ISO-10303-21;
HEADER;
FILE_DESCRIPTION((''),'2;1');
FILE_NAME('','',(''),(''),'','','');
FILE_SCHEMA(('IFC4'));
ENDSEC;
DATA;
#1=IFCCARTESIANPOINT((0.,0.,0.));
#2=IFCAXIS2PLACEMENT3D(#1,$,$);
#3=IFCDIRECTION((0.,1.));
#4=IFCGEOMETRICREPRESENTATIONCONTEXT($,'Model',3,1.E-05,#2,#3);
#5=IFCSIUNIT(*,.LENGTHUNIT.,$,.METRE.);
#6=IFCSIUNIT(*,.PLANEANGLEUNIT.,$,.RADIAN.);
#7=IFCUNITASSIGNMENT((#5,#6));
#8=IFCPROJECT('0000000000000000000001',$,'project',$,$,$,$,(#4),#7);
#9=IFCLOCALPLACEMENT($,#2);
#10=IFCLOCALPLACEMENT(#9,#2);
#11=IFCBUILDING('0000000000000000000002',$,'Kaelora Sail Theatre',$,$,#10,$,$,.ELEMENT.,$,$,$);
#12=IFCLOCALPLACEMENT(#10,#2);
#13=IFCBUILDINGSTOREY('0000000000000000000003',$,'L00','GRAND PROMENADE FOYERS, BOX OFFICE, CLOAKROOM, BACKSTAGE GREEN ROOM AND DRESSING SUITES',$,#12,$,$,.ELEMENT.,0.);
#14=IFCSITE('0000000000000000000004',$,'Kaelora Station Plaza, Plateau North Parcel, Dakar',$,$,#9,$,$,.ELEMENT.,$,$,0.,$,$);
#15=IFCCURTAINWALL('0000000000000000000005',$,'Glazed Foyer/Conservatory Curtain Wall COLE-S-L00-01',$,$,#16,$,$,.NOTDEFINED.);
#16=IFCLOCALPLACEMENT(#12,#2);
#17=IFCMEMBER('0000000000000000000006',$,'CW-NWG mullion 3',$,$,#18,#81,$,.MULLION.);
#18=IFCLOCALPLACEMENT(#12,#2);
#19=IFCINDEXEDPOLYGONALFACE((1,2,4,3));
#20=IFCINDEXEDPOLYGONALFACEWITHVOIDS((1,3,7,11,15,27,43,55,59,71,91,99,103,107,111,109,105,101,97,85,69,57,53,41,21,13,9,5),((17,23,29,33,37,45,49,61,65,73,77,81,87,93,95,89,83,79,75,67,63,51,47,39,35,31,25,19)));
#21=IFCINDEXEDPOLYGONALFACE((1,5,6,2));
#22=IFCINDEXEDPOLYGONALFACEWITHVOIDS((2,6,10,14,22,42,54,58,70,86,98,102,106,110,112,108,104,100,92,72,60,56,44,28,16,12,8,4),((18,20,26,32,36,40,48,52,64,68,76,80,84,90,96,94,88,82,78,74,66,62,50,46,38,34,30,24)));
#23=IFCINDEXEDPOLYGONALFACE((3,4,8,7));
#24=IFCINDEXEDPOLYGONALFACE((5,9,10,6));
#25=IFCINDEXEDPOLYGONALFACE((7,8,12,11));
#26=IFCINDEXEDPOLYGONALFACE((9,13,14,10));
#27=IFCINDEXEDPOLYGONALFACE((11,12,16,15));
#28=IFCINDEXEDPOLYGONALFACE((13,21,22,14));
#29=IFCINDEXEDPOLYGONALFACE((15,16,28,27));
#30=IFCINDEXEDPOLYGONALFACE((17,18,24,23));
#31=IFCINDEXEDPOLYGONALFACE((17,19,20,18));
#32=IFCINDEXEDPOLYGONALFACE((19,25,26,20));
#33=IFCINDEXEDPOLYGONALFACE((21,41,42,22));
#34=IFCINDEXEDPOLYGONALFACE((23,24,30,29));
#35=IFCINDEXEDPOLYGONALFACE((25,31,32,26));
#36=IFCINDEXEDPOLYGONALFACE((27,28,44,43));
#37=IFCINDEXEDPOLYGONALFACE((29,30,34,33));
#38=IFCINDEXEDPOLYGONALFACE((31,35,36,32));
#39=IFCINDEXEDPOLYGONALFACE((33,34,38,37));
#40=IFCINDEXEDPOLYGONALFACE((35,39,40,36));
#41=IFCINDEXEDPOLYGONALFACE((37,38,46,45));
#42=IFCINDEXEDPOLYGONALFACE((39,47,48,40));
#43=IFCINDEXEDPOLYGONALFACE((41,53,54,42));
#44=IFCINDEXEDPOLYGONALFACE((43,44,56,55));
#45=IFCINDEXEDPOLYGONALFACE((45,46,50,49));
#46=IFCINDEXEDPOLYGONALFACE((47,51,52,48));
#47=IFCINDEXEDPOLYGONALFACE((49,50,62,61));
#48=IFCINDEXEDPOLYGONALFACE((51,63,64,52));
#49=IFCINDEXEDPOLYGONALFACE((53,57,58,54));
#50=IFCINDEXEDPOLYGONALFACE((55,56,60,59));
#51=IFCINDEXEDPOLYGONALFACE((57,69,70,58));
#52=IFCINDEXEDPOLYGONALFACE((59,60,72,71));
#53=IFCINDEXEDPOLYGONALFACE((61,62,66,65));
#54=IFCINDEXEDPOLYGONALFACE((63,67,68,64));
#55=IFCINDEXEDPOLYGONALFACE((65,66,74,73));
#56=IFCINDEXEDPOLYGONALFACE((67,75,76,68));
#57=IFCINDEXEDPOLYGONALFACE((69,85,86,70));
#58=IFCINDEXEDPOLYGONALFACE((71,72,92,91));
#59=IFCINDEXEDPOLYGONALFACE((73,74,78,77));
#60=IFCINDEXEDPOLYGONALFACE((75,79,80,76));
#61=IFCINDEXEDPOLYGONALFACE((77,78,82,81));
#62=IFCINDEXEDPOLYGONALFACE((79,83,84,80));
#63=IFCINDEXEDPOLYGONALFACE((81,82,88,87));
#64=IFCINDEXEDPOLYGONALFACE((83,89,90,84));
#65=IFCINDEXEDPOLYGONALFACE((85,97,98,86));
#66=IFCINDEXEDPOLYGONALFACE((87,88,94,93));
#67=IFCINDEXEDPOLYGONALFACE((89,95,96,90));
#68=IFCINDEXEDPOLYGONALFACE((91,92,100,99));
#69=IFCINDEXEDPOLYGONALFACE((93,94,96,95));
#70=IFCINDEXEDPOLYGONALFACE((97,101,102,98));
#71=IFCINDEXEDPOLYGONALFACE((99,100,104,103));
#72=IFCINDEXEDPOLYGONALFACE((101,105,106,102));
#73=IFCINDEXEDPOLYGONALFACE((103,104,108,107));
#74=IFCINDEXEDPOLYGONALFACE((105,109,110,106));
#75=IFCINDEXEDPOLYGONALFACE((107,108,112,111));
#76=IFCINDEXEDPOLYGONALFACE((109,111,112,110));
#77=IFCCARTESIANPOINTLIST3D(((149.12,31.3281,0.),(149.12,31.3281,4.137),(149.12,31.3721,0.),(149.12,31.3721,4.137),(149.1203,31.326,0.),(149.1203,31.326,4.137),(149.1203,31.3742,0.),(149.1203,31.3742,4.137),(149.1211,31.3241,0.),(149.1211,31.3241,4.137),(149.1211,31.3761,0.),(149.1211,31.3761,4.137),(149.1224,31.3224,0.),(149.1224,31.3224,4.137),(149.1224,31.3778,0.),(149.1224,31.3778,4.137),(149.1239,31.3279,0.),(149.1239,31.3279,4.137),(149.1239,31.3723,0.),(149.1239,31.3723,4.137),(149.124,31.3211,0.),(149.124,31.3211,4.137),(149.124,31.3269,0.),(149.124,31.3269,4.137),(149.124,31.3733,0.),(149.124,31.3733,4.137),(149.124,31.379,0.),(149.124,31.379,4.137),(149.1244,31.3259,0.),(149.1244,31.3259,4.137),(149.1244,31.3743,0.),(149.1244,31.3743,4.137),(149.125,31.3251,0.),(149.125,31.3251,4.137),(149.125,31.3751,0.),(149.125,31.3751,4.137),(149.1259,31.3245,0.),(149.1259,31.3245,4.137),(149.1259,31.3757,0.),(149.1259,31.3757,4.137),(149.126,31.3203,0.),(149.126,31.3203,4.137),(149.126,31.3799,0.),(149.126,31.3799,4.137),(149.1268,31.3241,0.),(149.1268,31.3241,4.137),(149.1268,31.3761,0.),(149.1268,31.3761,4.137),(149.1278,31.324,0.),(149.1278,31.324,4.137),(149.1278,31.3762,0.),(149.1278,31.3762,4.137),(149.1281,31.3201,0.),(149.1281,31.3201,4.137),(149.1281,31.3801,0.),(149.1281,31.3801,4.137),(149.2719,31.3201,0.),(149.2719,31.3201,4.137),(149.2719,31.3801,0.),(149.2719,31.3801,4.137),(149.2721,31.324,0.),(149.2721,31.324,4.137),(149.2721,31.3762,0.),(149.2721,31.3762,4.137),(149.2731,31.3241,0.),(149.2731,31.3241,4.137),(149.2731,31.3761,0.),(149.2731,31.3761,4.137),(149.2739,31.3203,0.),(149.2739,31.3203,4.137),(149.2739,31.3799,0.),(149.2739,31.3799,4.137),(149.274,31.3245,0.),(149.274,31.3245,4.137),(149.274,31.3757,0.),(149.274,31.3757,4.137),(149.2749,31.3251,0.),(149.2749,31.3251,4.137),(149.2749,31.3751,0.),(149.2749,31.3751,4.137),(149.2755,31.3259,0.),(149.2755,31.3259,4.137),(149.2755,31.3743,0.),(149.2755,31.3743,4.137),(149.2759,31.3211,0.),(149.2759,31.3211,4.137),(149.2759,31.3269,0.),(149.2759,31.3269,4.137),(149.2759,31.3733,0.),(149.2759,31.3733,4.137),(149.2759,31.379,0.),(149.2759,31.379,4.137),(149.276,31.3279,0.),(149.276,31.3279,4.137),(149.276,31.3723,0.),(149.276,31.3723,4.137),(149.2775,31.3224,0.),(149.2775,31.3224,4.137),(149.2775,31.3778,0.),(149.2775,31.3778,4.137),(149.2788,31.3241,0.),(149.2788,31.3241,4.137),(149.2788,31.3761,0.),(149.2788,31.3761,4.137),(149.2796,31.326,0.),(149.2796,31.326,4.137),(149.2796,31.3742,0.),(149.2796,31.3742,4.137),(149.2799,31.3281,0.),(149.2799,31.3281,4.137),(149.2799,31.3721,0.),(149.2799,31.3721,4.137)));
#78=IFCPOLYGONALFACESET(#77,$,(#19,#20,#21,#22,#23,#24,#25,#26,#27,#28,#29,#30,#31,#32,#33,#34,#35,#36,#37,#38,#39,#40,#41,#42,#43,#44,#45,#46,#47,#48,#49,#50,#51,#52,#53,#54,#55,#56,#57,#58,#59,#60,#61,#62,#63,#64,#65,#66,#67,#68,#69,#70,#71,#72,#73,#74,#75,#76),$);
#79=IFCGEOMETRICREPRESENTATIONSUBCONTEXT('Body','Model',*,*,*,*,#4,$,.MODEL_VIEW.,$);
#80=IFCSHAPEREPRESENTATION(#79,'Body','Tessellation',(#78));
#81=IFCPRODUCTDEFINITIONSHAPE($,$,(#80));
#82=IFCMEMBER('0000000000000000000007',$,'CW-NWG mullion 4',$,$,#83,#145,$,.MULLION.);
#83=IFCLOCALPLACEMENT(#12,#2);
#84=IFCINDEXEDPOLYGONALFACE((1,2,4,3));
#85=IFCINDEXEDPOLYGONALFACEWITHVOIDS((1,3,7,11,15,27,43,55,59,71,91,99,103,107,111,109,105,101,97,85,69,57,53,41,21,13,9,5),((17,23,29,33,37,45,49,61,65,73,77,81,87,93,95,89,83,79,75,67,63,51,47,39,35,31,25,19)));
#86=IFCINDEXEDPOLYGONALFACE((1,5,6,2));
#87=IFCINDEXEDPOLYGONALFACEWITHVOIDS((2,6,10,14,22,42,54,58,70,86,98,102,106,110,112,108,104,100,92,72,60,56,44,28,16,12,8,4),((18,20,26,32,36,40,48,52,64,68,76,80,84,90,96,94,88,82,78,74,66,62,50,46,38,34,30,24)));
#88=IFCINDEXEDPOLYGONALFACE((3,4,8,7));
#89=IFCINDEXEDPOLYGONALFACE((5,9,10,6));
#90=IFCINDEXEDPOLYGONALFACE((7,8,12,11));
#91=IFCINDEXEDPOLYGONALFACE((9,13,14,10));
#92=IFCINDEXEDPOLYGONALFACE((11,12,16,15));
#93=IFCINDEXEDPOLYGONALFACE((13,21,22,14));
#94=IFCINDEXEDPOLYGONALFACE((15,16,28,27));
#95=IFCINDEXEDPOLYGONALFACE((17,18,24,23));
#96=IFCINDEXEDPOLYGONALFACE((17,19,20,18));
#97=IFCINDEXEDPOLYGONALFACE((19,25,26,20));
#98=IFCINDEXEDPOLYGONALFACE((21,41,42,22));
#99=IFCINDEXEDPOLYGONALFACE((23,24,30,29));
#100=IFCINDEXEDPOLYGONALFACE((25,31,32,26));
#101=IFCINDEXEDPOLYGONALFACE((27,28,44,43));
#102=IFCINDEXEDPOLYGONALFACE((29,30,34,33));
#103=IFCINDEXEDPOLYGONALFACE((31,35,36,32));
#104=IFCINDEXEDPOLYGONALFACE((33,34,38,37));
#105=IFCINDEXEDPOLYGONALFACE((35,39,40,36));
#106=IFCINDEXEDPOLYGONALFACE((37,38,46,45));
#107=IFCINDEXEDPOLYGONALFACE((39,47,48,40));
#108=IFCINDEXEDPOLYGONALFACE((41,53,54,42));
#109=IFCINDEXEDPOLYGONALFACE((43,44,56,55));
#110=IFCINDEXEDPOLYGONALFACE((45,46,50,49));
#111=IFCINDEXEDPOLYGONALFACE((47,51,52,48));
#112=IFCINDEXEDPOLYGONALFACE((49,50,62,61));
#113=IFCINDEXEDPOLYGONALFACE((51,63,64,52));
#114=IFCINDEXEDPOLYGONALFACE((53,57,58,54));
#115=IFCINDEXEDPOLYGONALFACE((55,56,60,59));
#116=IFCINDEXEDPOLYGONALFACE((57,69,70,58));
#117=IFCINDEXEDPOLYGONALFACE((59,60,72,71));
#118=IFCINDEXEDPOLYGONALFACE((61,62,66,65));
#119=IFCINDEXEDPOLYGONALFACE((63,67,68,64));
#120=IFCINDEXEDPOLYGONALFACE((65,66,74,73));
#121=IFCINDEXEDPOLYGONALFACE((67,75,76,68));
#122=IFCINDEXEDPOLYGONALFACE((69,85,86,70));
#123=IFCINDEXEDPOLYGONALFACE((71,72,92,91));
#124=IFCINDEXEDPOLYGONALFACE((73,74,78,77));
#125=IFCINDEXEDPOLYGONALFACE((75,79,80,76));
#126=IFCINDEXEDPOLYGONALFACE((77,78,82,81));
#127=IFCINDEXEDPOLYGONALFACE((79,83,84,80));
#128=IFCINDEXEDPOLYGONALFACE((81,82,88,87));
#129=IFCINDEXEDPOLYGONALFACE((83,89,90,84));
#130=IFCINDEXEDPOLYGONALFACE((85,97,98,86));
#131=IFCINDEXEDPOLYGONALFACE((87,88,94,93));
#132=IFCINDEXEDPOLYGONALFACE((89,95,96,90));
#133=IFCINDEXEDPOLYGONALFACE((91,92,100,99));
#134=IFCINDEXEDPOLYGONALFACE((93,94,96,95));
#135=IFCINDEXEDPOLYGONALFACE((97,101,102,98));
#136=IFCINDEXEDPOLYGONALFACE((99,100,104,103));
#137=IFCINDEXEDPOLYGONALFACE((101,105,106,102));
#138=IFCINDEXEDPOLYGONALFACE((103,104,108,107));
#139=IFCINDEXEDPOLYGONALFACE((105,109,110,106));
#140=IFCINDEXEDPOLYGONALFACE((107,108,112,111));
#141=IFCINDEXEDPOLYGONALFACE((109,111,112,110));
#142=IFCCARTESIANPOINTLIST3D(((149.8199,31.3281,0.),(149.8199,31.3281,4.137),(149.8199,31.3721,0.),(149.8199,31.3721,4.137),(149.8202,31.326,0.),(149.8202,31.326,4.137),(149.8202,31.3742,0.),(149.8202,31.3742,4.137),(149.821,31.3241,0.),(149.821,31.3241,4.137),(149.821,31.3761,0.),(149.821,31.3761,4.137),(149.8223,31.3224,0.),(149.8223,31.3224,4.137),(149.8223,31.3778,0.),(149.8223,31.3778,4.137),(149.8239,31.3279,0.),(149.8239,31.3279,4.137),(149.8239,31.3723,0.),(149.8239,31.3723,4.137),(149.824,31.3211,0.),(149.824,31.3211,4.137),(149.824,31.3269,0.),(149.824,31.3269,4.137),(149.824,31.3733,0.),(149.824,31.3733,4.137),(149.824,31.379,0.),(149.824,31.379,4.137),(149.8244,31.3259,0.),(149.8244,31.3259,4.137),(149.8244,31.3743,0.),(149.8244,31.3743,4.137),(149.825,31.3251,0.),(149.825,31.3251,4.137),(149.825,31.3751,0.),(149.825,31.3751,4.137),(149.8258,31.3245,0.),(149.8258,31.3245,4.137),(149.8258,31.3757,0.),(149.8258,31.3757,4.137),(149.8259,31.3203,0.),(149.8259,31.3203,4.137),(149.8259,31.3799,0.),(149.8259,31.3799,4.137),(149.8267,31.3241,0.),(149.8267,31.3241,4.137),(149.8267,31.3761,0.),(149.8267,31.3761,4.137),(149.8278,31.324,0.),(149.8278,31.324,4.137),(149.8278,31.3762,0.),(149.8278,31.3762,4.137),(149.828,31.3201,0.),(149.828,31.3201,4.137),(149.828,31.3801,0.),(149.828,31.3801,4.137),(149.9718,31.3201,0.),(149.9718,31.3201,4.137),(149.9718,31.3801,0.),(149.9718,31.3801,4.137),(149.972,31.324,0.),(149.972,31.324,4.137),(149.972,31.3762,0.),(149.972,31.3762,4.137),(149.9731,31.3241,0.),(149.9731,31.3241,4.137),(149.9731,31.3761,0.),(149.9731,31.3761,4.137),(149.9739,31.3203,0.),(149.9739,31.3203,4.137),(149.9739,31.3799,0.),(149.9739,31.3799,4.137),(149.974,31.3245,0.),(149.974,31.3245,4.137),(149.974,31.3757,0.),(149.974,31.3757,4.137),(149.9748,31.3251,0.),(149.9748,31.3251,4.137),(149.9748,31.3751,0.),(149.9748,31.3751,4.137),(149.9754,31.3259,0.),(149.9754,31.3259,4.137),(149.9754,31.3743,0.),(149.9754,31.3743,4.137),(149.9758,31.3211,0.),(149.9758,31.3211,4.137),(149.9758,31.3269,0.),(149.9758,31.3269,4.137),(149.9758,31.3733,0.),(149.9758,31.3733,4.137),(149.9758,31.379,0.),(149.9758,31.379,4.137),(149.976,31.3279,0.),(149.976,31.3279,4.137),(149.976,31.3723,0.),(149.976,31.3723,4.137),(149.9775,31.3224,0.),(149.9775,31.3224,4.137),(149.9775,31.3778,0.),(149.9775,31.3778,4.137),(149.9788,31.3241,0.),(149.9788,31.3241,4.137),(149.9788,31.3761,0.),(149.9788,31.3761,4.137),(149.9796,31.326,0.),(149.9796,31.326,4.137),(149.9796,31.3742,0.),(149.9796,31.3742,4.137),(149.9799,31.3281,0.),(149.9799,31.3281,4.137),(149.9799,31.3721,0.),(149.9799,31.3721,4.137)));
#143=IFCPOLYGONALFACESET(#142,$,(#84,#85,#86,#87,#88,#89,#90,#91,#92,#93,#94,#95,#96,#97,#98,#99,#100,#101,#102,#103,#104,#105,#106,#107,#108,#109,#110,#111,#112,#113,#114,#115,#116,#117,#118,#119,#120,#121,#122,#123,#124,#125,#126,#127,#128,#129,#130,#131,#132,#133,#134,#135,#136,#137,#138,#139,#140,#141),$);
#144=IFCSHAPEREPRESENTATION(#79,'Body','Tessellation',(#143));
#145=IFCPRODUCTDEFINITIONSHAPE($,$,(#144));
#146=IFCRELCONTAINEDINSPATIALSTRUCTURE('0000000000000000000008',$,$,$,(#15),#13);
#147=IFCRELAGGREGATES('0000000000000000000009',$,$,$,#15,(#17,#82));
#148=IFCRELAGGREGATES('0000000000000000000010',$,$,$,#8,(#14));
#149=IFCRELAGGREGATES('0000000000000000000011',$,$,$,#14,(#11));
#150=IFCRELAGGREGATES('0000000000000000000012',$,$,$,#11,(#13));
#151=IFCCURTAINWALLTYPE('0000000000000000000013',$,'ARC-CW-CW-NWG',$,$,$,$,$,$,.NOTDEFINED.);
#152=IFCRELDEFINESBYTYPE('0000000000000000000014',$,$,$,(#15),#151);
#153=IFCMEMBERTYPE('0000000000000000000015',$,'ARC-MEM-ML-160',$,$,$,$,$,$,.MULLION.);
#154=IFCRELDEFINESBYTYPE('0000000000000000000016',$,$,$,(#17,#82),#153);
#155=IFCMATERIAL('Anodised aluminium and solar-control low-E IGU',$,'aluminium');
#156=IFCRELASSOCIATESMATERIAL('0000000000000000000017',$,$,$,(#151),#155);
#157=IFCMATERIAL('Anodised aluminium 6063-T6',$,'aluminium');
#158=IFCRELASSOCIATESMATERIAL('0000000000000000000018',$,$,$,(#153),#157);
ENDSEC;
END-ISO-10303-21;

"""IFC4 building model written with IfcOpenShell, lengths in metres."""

from ifc_helpers import new_model, si_unit, direction, frame, origin, origin_2d, place, context, subcontext, project, spatial, hollow_rectangle, extrude, material, material_profile, profile_set, type_object, element, aggregate, save


model = new_model("IFC4")

# Units and contexts
model_context = context("Model", 3, precision=1e-05, world=origin(), true_north=direction((0.0, 1.0)))
body_context = subcontext(model_context, "Body", "Model", "MODEL_VIEW")
ifc_project = project(units=[si_unit("LENGTHUNIT", "METRE"), si_unit("PLANEANGLEUNIT", "RADIAN")], contexts=[model_context])

# Site, building, storey
site_placement = place(None, origin())
site = spatial("IfcSite", under=ifc_project, at=site_placement, Name="Kaelora Station Plaza, Plateau North Parcel, Dakar", CompositionType="ELEMENT", RefElevation=0.0)
building_placement = place(site_placement, origin())
building = spatial("IfcBuilding", under=site, at=building_placement, Name="Kaelora Sail Theatre", CompositionType="ELEMENT")
storey_placement = place(building_placement, origin())
storey = spatial("IfcBuildingStorey", under=building, at=storey_placement, Name="L00", Description="GRAND PROMENADE FOYERS, BOX OFFICE, CLOAKROOM, BACKSTAGE GREEN ROOM AND DRESSING SUITES", CompositionType="ELEMENT", Elevation=0.0)

# Curtain wall, members
ifc_material_1 = material(Name="Anodised aluminium and solar-control low-E IGU", Category="aluminium")
curtain_wall_type = type_object("IfcCurtainWallType", Name="ARC-CW-CW-NWG", PredefinedType="NOTDEFINED", material=ifc_material_1)
curtain_wall_placement = place(storey_placement, origin())
curtain_wall = element("IfcCurtainWall", 1, at=curtain_wall_placement, inside=storey, type_object=curtain_wall_type, Name="Glazed Foyer/Conservatory Curtain Wall COLE-S-L00-01", PredefinedType="NOTDEFINED")
ifc_material_2 = material(Name="Anodised aluminium 6063-T6", Category="aluminium")
ifc_material_profile_1 = material_profile(ifc_material_2, hollow_rectangle(XDim=0.0601, YDim=0.1599, WallThickness=0.0039, InnerFilletRadius=0.0039, OuterFilletRadius=0.0081, at=origin_2d()), Name="ALU-MULL 60x160x4")
ifc_profile_set_1 = profile_set([ifc_material_profile_1], Name="Anodised aluminium 6063-T6")
member_type_1 = type_object("IfcMemberType", Name="ARC-MEM-ML-160", PredefinedType="MULLION", material=ifc_profile_set_1)
member_1_placement = place(storey_placement, frame((149.2, 31.3501, 0.0), z_axis=(0.0, 0.0, 1.0), x_axis=(0.0, 1.0, 0.0)))
member_1 = element("IfcMember", 2, at=member_1_placement, type_object=member_type_1, Name="CW-NWG mullion 3", PredefinedType="MULLION", context=body_context, shape_type="SweptSolid", body=[
    extrude(hollow_rectangle(XDim=0.0601, YDim=0.1599, WallThickness=0.0039, InnerFilletRadius=0.0039, OuterFilletRadius=0.0081, at=origin_2d()), origin(), (0.0, 0.0, 1.0), 4.137),
])
member_2_placement = place(storey_placement, frame((149.8999, 31.3501, 0.0), z_axis=(0.0, 0.0, 1.0), x_axis=(0.0, 1.0, 0.0)))
member_2 = element("IfcMember", 3, at=member_2_placement, type_object=member_type_1, Name="CW-NWG mullion 4", PredefinedType="MULLION", context=body_context, shape_type="SweptSolid", body=[
    extrude(hollow_rectangle(XDim=0.0601, YDim=0.1599, WallThickness=0.0039, InnerFilletRadius=0.0039, OuterFilletRadius=0.0081, at=origin_2d()), origin(), (0.0, 0.0, 1.0), 4.137),
])
aggregate(curtain_wall, [member_1, member_2])

save(model, "model.ifc")
